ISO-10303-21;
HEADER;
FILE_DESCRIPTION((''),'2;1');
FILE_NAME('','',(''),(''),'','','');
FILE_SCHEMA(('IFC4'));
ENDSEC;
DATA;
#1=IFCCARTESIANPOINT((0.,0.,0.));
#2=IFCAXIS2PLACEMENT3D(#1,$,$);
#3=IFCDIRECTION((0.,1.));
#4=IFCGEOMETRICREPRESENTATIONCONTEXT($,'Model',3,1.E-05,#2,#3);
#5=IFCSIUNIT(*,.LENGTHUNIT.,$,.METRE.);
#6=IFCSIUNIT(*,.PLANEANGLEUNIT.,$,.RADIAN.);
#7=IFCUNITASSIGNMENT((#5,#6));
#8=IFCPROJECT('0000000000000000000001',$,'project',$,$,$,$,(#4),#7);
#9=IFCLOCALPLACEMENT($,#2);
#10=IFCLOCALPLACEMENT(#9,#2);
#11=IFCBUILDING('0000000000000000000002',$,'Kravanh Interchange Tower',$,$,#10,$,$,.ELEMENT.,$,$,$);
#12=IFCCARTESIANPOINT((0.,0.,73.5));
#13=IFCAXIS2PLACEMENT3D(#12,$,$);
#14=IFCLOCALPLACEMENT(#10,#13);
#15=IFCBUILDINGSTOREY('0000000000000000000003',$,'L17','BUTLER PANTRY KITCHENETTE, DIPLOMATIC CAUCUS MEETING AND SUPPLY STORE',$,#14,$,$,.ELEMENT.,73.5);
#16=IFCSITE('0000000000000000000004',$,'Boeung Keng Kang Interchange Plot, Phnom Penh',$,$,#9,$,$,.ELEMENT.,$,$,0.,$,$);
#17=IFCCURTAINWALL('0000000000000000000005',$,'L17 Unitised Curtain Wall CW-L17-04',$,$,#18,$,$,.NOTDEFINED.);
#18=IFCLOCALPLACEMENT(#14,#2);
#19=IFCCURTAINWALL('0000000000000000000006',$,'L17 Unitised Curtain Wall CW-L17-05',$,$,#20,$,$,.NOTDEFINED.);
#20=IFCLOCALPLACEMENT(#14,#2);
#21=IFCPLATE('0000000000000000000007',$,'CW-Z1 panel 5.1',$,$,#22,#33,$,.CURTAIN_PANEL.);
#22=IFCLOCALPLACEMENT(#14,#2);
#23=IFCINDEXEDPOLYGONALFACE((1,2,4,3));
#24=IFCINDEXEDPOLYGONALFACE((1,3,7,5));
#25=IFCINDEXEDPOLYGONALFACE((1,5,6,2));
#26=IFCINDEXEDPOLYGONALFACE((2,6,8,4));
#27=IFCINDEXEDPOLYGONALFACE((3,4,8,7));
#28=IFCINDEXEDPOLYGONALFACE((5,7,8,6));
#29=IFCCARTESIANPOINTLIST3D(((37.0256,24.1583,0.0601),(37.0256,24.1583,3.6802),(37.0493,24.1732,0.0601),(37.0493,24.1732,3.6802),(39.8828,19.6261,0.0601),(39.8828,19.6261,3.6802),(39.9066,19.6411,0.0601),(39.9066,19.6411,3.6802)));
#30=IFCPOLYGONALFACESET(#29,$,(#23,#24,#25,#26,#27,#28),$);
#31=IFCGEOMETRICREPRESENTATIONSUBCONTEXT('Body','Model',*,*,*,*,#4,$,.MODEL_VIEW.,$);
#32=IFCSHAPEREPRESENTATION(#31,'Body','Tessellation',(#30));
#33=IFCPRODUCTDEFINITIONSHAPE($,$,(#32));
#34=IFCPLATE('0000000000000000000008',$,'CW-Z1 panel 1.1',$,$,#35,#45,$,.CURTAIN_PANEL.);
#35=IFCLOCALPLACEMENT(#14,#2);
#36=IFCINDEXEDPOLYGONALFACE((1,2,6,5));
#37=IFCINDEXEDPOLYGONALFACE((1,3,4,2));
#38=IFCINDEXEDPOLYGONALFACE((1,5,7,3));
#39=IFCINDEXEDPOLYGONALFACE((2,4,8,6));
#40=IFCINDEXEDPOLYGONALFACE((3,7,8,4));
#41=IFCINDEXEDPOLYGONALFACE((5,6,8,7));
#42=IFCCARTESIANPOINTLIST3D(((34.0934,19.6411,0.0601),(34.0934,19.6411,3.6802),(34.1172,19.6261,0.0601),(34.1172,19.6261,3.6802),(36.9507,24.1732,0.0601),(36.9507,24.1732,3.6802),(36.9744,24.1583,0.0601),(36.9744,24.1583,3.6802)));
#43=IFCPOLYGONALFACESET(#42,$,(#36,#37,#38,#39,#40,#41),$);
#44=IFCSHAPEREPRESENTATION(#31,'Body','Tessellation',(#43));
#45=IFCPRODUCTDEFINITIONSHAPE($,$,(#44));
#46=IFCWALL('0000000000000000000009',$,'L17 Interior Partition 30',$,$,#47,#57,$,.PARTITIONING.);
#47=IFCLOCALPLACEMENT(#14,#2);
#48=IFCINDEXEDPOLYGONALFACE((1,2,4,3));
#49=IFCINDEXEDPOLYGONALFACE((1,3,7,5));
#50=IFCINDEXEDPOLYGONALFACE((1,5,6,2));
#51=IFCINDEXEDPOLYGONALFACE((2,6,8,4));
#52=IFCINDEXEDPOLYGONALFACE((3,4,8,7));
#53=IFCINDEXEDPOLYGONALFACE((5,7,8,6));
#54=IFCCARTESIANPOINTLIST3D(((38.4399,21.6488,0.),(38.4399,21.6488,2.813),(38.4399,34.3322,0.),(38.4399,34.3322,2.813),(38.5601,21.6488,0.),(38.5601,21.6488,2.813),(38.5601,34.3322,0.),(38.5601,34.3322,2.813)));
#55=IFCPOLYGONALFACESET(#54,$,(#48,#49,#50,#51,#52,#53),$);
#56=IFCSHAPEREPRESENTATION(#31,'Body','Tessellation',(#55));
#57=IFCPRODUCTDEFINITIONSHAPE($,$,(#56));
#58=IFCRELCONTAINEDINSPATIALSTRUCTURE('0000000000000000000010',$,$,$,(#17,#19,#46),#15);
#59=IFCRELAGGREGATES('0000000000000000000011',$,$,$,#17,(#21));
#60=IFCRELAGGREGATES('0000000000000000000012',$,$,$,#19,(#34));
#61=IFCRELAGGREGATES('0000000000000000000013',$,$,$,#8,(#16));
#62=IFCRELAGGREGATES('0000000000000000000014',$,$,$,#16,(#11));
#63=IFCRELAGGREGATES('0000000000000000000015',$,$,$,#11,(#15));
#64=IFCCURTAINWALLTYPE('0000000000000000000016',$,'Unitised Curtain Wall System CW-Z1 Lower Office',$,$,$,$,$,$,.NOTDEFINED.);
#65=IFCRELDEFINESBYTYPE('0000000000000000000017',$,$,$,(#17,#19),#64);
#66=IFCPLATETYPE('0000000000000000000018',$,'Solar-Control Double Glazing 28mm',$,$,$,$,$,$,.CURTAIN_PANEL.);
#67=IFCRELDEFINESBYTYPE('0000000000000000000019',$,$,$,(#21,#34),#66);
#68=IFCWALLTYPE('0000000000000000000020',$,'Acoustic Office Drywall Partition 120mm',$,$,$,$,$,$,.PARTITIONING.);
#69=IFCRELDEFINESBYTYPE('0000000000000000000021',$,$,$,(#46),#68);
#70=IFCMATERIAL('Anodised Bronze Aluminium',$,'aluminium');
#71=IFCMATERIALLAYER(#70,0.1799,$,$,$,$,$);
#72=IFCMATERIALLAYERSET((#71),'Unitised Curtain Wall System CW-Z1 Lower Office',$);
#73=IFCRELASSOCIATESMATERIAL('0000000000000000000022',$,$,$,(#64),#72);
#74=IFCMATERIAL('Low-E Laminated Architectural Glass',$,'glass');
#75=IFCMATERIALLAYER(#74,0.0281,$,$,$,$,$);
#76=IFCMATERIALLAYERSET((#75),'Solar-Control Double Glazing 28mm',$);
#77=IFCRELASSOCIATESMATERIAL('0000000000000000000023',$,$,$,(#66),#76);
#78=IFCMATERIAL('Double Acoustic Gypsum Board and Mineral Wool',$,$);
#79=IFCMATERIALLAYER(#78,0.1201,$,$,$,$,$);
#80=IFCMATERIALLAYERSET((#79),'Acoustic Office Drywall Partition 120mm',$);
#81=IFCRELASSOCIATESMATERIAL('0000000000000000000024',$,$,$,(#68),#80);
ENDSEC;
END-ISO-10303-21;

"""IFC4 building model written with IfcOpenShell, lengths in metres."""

from ifc_helpers import new_model, si_unit, direction, frame, frame_2d, origin, origin_2d, place, context, subcontext, project, spatial, rectangle, extrude, material, layer, layer_set, type_object, element, aggregate, save


model = new_model("IFC4")

# Units and contexts
model_context = context("Model", 3, precision=1e-05, world=origin(), true_north=direction((0.0, 1.0)))
body_context = subcontext(model_context, "Body", "Model", "MODEL_VIEW")
ifc_project = project(units=[si_unit("LENGTHUNIT", "METRE"), si_unit("PLANEANGLEUNIT", "RADIAN")], contexts=[model_context])

# Site, building, storey
site_placement = place(None, origin())
site = spatial("IfcSite", under=ifc_project, at=site_placement, Name="Boeung Keng Kang Interchange Plot, Phnom Penh", CompositionType="ELEMENT", RefElevation=0.0)
building_placement = place(site_placement, origin())
building = spatial("IfcBuilding", under=site, at=building_placement, Name="Kravanh Interchange Tower", CompositionType="ELEMENT")
storey_placement = place(building_placement, frame((0.0, 0.0, 73.5)))
storey = spatial("IfcBuildingStorey", under=building, at=storey_placement, Name="L17", Description="BUTLER PANTRY KITCHENETTE, DIPLOMATIC CAUCUS MEETING AND SUPPLY STORE", CompositionType="ELEMENT", Elevation=73.5)

# Curtain walls
ifc_material_1 = material(Name="Anodised Bronze Aluminium", Category="aluminium")
ifc_layer_1 = layer(ifc_material_1, 0.1799)
ifc_layer_set_1 = layer_set([ifc_layer_1], Name="Unitised Curtain Wall System CW-Z1 Lower Office")
curtain_wall_type = type_object("IfcCurtainWallType", Name="Unitised Curtain Wall System CW-Z1 Lower Office", PredefinedType="NOTDEFINED", material=ifc_layer_set_1)
curtain_wall_1_placement = place(storey_placement, origin())
curtain_wall_1 = element("IfcCurtainWall", 1, at=curtain_wall_1_placement, inside=storey, type_object=curtain_wall_type, Name="L17 Unitised Curtain Wall CW-L17-04", PredefinedType="NOTDEFINED")
curtain_wall_2_placement = place(storey_placement, origin())
curtain_wall_2 = element("IfcCurtainWall", 2, at=curtain_wall_2_placement, inside=storey, type_object=curtain_wall_type, Name="L17 Unitised Curtain Wall CW-L17-05", PredefinedType="NOTDEFINED")

# Plates
ifc_material_2 = material(Name="Low-E Laminated Architectural Glass", Category="glass")
ifc_layer_2 = layer(ifc_material_2, 0.0281)
ifc_layer_set_2 = layer_set([ifc_layer_2], Name="Solar-Control Double Glazing 28mm")
plate_type = type_object("IfcPlateType", Name="Solar-Control Double Glazing 28mm", PredefinedType="CURTAIN_PANEL", material=ifc_layer_set_2)
plate_1_placement = place(storey_placement, frame((38.4661, 21.8997, 0.0601), z_axis=(0.0, 0.0, 1.0), x_axis=(-0.533301, 0.845926, 0.0)))
plate_1 = element("IfcPlate", 3, at=plate_1_placement, type_object=plate_type, Name="CW-Z1 panel 5.1", PredefinedType="CURTAIN_PANEL", context=body_context, shape_type="SweptSolid", body=[
    extrude(rectangle(XDim=5.3577, YDim=0.0281, at=origin_2d()), origin(), (0.0, 0.0, 1.0), 3.6201),
])
aggregate(curtain_wall_1, [plate_1])
plate_2_placement = place(storey_placement, frame((35.5339, 21.8997, 0.0601), z_axis=(0.0, 0.0, 1.0), x_axis=(-0.533301, -0.845926, 0.0)))
plate_2 = element("IfcPlate", 4, at=plate_2_placement, type_object=plate_type, Name="CW-Z1 panel 1.1", PredefinedType="CURTAIN_PANEL", context=body_context, shape_type="SweptSolid", body=[
    extrude(rectangle(XDim=5.3577, YDim=0.0281, at=origin_2d()), origin(), (0.0, 0.0, 1.0), 3.6201),
])
aggregate(curtain_wall_2, [plate_2])

# Wall
ifc_material_3 = material(Name="Double Acoustic Gypsum Board and Mineral Wool")
ifc_layer_3 = layer(ifc_material_3, 0.1201)
ifc_layer_set_3 = layer_set([ifc_layer_3], Name="Acoustic Office Drywall Partition 120mm")
wall_type = type_object("IfcWallType", Name="Acoustic Office Drywall Partition 120mm", PredefinedType="PARTITIONING", material=ifc_layer_set_3)
wall_placement = place(storey_placement, frame((38.5, 21.6487, 0.0), z_axis=(0.0, 0.0, 1.0), x_axis=(0.0, 1.0, 0.0)))
element("IfcWall", 5, at=wall_placement, inside=storey, type_object=wall_type, Name="L17 Interior Partition 30", PredefinedType="PARTITIONING", context=body_context, shape_type="SweptSolid", body=[
    extrude(rectangle(XDim=12.6833, YDim=0.1201, at=frame_2d((6.3418, 0.0))), origin(), (0.0, 0.0, 1.0), 2.813),
])

save(model, "model.ifc")
